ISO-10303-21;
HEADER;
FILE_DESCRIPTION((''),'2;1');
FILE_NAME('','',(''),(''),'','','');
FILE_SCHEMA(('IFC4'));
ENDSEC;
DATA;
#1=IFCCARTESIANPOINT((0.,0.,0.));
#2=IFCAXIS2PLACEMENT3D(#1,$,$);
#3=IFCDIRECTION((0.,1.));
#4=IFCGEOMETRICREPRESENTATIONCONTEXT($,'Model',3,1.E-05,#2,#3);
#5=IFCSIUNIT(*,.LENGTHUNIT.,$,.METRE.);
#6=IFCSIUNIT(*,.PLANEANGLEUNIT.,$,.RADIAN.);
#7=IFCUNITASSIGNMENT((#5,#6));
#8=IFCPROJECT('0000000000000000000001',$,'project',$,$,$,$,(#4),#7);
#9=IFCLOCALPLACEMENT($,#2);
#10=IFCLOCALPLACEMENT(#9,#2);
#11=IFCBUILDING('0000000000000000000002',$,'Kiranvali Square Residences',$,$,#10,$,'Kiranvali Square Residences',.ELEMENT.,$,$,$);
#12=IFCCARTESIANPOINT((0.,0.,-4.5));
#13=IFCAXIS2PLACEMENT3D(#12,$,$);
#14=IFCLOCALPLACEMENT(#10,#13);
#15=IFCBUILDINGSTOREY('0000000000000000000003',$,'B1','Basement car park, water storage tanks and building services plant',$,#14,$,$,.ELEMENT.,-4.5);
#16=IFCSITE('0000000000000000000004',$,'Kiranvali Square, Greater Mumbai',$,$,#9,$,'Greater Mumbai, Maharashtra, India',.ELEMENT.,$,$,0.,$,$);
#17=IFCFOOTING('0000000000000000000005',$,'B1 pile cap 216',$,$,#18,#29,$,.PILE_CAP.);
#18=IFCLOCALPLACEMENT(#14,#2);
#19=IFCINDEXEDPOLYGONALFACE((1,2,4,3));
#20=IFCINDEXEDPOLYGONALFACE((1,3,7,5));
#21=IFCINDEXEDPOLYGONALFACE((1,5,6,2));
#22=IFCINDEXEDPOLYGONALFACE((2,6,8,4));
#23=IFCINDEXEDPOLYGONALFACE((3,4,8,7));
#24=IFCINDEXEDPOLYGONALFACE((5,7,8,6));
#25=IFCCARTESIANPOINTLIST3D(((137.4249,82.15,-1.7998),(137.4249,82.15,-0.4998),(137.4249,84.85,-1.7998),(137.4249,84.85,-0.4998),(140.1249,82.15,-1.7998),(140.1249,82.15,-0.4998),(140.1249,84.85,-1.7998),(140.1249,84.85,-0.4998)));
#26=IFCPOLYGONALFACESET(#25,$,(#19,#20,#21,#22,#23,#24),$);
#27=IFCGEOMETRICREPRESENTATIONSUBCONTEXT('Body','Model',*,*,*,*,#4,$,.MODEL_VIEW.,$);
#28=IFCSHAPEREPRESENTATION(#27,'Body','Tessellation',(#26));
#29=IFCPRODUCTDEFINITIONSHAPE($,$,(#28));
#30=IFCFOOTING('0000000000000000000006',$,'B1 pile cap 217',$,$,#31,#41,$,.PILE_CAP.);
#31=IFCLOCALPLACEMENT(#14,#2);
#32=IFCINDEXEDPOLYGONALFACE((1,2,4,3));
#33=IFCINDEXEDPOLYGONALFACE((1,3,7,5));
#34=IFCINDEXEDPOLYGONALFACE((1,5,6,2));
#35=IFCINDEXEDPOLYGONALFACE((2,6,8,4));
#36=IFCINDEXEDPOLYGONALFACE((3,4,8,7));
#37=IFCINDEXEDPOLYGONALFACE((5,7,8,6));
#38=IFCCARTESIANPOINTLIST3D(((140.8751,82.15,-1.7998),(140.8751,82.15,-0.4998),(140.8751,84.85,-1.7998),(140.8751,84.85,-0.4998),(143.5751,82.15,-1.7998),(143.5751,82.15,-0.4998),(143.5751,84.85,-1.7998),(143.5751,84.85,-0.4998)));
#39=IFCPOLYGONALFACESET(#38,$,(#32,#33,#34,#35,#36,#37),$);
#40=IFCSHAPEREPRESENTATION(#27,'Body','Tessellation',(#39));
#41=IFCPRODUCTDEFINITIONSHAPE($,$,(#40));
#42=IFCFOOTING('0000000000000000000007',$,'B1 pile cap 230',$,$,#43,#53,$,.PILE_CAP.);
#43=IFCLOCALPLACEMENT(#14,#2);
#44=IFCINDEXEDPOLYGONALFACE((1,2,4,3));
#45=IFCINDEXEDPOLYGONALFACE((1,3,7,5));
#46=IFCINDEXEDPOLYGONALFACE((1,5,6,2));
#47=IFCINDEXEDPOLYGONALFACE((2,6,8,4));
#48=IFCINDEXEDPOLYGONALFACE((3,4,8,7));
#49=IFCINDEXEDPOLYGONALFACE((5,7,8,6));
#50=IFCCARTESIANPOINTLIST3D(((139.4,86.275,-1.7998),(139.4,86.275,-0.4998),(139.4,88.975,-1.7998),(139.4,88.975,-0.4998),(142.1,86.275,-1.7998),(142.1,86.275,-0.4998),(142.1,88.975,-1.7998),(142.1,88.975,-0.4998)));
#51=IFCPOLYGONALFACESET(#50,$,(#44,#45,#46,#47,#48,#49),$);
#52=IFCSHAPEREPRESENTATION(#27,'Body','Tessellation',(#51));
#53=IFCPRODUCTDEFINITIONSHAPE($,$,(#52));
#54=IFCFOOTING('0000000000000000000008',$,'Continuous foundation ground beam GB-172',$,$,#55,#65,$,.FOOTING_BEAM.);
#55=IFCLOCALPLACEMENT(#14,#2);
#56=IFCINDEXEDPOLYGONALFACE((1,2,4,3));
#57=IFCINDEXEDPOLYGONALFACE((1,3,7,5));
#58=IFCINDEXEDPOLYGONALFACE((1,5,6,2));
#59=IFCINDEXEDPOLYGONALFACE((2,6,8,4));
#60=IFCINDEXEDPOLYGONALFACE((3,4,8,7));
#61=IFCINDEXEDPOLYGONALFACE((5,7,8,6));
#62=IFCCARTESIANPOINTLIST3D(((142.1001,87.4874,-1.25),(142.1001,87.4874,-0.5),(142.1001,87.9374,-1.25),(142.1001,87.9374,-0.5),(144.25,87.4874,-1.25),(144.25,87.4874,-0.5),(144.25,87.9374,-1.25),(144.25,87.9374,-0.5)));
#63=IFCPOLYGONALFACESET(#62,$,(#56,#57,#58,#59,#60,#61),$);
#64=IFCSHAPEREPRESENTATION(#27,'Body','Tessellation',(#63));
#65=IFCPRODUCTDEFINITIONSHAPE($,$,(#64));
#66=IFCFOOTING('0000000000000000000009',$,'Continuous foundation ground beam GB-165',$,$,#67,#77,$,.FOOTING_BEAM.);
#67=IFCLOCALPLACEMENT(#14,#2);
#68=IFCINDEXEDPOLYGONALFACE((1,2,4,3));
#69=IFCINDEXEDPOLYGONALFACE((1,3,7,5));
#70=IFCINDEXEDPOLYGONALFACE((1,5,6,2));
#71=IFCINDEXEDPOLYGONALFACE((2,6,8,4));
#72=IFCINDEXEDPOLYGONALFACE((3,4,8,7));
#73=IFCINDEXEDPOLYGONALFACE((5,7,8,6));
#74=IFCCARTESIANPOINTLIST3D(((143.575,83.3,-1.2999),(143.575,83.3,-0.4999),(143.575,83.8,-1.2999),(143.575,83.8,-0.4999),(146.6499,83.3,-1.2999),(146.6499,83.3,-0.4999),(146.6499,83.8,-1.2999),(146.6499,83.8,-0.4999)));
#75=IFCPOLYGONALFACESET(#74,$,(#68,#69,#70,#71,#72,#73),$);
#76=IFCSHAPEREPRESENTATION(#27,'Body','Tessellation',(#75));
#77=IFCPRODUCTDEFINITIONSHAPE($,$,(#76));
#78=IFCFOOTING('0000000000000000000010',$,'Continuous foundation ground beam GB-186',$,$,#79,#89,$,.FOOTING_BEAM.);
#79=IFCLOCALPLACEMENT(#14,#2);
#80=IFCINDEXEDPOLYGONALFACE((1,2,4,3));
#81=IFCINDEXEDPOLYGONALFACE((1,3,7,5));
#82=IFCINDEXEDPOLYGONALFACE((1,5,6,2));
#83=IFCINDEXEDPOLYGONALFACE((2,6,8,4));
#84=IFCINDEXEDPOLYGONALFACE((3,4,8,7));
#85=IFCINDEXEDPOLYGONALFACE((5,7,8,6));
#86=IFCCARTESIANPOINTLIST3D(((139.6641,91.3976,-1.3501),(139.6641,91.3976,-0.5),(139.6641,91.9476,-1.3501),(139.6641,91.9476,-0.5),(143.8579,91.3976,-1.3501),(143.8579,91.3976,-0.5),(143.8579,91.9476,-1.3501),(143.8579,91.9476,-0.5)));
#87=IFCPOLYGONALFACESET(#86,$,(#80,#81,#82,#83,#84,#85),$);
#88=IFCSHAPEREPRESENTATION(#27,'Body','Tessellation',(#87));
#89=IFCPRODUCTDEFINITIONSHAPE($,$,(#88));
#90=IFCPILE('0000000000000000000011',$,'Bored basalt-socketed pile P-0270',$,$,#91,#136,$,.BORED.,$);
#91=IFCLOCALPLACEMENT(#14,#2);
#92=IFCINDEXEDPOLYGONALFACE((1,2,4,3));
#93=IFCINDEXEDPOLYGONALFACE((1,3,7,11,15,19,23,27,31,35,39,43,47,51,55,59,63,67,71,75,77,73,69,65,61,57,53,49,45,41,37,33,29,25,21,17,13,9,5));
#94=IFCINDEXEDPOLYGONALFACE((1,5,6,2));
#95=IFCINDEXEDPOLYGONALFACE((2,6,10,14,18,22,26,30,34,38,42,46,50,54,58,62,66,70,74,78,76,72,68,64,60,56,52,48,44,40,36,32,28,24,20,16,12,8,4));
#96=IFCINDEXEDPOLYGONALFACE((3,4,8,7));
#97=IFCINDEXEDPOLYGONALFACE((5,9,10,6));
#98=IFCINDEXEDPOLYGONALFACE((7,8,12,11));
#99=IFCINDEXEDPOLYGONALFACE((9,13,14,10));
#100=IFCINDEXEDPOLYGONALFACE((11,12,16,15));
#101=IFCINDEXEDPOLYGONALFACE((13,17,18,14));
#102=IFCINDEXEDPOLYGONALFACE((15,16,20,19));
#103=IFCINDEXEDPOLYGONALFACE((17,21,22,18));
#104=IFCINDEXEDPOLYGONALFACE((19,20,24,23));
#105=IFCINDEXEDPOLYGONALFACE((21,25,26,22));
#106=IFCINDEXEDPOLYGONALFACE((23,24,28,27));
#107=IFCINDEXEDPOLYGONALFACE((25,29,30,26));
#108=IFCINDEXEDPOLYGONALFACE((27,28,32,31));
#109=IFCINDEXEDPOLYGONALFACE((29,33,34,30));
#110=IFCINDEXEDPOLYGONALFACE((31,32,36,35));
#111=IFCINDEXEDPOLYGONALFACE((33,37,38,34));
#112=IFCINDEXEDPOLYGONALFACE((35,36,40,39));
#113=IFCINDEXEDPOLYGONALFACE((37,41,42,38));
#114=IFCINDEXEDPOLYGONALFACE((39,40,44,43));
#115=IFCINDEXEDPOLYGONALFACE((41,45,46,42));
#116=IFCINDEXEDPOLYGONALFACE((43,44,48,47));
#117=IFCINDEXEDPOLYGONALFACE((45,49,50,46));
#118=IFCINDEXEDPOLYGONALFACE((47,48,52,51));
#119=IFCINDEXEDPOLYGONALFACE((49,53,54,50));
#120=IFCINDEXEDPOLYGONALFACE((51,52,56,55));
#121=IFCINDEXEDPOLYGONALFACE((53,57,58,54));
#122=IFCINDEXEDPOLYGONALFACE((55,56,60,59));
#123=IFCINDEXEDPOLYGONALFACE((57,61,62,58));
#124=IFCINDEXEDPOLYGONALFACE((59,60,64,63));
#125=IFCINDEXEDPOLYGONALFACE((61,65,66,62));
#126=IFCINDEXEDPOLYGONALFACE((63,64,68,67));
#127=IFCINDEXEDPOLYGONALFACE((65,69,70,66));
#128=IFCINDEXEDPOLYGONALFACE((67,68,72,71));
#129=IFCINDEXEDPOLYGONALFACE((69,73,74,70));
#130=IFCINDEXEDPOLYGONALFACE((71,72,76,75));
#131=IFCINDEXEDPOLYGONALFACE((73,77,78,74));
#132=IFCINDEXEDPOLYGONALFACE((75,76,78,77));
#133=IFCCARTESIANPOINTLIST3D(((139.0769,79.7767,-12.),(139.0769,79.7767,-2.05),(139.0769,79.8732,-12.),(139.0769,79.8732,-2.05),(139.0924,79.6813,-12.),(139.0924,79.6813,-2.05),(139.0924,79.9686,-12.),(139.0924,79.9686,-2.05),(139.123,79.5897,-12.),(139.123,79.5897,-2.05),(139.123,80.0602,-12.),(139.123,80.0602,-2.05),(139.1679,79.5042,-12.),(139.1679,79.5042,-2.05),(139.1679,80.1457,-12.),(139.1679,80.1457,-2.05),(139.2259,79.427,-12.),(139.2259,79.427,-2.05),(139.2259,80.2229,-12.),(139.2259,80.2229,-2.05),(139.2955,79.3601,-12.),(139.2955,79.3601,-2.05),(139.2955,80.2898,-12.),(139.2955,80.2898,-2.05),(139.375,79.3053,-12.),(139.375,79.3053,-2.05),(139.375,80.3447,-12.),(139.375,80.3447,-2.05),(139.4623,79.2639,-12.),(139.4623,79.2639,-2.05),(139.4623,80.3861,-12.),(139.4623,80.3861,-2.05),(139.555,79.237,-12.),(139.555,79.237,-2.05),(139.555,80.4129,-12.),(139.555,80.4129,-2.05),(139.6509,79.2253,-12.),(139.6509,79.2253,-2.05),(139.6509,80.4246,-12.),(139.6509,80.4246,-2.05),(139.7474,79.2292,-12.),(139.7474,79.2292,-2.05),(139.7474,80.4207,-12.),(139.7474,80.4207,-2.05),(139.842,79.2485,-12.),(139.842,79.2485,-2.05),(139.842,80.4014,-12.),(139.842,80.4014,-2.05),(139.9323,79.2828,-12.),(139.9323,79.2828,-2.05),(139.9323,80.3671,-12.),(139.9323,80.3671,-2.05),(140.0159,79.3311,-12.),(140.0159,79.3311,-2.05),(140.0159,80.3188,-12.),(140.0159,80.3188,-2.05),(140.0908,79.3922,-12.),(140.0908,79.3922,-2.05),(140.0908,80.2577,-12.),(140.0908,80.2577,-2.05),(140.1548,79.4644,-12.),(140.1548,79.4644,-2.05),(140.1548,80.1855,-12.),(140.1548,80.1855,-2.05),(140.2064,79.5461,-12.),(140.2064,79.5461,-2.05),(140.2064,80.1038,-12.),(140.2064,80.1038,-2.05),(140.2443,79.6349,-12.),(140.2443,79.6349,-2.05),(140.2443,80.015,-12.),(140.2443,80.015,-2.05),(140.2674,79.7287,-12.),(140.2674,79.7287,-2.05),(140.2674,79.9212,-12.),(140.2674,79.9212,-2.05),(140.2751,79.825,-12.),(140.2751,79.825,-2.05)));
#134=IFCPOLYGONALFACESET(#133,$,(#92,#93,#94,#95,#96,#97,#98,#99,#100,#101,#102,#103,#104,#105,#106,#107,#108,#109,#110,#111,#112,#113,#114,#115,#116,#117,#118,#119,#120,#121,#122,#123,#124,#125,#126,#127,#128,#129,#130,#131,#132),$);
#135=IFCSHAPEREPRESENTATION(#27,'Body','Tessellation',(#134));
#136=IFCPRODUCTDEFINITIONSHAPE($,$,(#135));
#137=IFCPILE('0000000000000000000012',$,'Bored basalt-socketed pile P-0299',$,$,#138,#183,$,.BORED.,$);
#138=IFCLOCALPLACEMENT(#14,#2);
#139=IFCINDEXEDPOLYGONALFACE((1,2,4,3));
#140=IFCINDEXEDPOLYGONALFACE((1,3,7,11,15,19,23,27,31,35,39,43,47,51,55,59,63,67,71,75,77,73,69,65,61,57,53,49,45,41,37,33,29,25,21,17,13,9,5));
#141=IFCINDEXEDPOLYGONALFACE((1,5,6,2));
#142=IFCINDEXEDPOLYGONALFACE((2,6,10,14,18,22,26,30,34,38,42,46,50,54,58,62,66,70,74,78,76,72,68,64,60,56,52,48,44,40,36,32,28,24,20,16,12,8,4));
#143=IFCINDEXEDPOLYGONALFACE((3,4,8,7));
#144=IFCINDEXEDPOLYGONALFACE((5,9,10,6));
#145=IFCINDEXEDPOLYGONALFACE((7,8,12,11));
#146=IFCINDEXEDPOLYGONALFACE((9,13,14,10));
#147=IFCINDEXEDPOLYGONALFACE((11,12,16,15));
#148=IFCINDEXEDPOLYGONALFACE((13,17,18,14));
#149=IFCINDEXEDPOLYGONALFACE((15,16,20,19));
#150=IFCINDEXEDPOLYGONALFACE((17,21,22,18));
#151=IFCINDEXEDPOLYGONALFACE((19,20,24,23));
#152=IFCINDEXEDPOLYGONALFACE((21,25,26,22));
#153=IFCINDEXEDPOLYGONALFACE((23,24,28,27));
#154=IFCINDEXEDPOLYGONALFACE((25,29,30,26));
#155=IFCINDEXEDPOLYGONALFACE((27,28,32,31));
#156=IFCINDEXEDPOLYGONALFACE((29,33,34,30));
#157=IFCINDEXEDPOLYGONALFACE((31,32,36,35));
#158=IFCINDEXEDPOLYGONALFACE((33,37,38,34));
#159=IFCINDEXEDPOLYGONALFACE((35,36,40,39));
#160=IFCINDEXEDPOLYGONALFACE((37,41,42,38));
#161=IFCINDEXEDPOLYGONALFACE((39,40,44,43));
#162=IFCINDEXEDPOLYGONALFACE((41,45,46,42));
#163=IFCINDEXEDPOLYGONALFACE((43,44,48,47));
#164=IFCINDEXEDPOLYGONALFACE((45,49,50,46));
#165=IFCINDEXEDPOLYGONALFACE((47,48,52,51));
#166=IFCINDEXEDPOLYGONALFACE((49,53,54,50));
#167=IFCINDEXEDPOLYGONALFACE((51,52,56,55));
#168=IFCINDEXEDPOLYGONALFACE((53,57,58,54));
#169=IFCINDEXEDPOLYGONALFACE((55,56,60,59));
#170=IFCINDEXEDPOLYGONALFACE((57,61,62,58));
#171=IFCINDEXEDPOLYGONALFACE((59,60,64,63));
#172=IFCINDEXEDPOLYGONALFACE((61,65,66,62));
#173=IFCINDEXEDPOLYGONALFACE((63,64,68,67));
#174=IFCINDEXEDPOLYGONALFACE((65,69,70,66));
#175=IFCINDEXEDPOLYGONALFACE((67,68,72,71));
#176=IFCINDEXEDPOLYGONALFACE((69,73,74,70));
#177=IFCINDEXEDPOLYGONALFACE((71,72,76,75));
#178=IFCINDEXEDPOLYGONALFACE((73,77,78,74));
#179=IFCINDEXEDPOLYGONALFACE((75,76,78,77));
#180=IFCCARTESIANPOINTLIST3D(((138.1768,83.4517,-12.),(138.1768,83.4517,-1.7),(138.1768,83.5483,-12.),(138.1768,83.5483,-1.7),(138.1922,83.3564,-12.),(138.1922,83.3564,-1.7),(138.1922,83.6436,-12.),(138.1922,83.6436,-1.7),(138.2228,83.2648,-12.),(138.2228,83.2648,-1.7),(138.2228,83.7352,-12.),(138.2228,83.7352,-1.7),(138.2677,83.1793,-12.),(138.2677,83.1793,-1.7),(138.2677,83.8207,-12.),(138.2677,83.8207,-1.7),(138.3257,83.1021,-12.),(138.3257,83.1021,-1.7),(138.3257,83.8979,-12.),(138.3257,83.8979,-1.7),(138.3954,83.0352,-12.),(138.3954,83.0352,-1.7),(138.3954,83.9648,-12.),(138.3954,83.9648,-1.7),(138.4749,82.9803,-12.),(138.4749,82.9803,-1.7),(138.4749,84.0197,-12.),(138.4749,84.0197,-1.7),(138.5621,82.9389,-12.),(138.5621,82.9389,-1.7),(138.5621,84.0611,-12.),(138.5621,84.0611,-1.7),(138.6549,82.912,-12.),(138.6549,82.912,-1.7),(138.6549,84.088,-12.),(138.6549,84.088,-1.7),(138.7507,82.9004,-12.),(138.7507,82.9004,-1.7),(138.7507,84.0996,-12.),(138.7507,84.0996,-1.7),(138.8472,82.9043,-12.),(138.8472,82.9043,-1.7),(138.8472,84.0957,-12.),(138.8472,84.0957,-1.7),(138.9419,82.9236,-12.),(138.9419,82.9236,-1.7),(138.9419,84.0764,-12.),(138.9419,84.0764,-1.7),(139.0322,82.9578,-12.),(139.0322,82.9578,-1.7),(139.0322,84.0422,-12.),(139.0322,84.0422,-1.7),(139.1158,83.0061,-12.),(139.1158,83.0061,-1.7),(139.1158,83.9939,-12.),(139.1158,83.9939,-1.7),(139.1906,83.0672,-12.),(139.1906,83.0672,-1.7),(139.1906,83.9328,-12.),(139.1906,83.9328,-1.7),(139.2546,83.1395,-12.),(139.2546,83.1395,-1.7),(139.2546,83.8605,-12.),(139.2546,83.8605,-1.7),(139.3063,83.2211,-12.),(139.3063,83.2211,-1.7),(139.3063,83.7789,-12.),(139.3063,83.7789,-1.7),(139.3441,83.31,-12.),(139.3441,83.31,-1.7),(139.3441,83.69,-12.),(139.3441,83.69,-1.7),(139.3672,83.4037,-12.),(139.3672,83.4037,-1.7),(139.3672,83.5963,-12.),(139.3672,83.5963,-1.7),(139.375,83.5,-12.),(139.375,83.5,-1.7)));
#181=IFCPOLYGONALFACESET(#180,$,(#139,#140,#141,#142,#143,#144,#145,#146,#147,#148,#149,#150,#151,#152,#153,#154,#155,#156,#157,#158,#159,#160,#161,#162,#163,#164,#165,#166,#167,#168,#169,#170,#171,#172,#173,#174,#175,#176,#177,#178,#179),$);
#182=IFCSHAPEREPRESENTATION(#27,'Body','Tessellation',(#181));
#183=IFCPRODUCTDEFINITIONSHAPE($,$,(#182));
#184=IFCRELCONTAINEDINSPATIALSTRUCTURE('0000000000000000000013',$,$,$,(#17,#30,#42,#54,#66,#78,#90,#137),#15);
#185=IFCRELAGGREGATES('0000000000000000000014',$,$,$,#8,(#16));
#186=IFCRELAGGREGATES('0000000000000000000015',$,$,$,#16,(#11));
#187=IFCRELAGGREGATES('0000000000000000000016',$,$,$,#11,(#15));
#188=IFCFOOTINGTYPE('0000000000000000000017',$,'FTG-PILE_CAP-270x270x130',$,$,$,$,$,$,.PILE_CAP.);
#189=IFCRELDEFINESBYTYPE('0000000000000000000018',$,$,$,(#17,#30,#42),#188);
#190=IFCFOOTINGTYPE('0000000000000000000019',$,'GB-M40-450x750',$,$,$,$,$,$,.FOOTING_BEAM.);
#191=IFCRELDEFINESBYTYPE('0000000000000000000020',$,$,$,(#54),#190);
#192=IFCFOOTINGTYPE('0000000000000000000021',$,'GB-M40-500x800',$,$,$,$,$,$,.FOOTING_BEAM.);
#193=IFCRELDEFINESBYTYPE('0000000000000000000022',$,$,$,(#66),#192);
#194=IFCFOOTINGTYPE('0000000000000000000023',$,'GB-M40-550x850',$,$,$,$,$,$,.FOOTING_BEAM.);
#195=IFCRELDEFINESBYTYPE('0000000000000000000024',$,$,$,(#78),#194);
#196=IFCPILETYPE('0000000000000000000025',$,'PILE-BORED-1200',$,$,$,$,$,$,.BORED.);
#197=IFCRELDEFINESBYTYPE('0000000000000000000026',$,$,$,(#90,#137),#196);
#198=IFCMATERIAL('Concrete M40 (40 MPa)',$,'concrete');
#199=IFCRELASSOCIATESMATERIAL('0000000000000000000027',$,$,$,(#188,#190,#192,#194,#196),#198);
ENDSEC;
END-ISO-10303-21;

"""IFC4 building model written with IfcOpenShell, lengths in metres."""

from ifc_helpers import new_model, si_unit, direction, frame, origin, origin_2d, place, context, subcontext, project, spatial, rectangle, circle, extrude, material, material_profile, profile_set, type_object, element, save


model = new_model("IFC4")

# Units and contexts
model_context = context("Model", 3, precision=1e-05, world=origin(), true_north=direction((0.0, 1.0)))
body_context = subcontext(model_context, "Body", "Model", "MODEL_VIEW")
ifc_project = project(units=[si_unit("LENGTHUNIT", "METRE"), si_unit("PLANEANGLEUNIT", "RADIAN")], contexts=[model_context])

# Site, building, storey
site_placement = place(None, origin())
site = spatial("IfcSite", under=ifc_project, at=site_placement, Name="Kiranvali Square, Greater Mumbai", LongName="Greater Mumbai, Maharashtra, India", CompositionType="ELEMENT", RefElevation=0.0)
building_placement = place(site_placement, origin())
building = spatial("IfcBuilding", under=site, at=building_placement, Name="Kiranvali Square Residences", LongName="Kiranvali Square Residences", CompositionType="ELEMENT")
storey_placement = place(building_placement, frame((0.0, 0.0, -4.5)))
storey = spatial("IfcBuildingStorey", under=building, at=storey_placement, Name="B1", Description="Basement car park, water storage tanks and building services plant", CompositionType="ELEMENT", Elevation=-4.5)

# Footings
ifc_material_1 = material(Name="Concrete M40 (40 MPa)", Category="concrete")
footing_type_1 = type_object("IfcFootingType", Name="FTG-PILE_CAP-270x270x130", PredefinedType="PILE_CAP", material=ifc_material_1)
for number, where, z_axis, x_axis, name in (
    (1, (138.7749, 83.5, -1.7998), (0.0, 0.0, 1.0), (1.0, 0.0, 0.0), "B1 pile cap 216"),
    (2, (142.2251, 83.5, -1.7998), (0.0, 0.0, 1.0), (1.0, 0.0, 0.0), "B1 pile cap 217"),
    (3, (140.75, 87.625, -1.7998), (0.0, 0.0, 1.0), (1.0, 0.0, 0.0), "B1 pile cap 230"),
):
    element("IfcFooting", number, at=place(storey_placement, frame(where, z_axis=z_axis, x_axis=x_axis)), inside=storey, type_object=footing_type_1, Name=name, PredefinedType="PILE_CAP", context=body_context, shape_type="SweptSolid", body=[
        extrude(rectangle(XDim=2.7, YDim=2.7, at=origin_2d()), origin(), (0.0, 0.0, 1.0), 1.3),
    ])
ifc_material_profile_1 = material_profile(ifc_material_1, rectangle(XDim=0.45, YDim=0.75, at=origin_2d()), Name="GB 450x750")
ifc_profile_set_1 = profile_set([ifc_material_profile_1], Name="Concrete M40 (40 MPa)")
footing_type_2 = type_object("IfcFootingType", Name="GB-M40-450x750", PredefinedType="FOOTING_BEAM", material=ifc_profile_set_1)
footing_1_placement = place(storey_placement, frame((142.1001, 87.7124, -0.875), z_axis=(1.0, 0.0, 0.0), x_axis=(0.0, 1.0, 0.0)))
element("IfcFooting", 4, at=footing_1_placement, inside=storey, type_object=footing_type_2, Name="Continuous foundation ground beam GB-172", PredefinedType="FOOTING_BEAM", context=body_context, shape_type="SweptSolid", body=[
    extrude(rectangle(XDim=0.45, YDim=0.75, at=origin_2d()), origin(), (0.0, 0.0, 1.0), 2.1499),
])
ifc_material_profile_2 = material_profile(ifc_material_1, rectangle(XDim=0.5, YDim=0.8, at=origin_2d()), Name="GB 500x800")
ifc_profile_set_2 = profile_set([ifc_material_profile_2], Name="Concrete M40 (40 MPa)")
footing_type_3 = type_object("IfcFootingType", Name="GB-M40-500x800", PredefinedType="FOOTING_BEAM", material=ifc_profile_set_2)
footing_2_placement = place(storey_placement, frame((143.575, 83.55, -0.8999), z_axis=(1.0, 0.0, 0.0), x_axis=(0.0, 1.0, 0.0)))
element("IfcFooting", 5, at=footing_2_placement, inside=storey, type_object=footing_type_3, Name="Continuous foundation ground beam GB-165", PredefinedType="FOOTING_BEAM", context=body_context, shape_type="SweptSolid", body=[
    extrude(rectangle(XDim=0.5, YDim=0.8, at=origin_2d()), origin(), (0.0, 0.0, 1.0), 3.075),
])
ifc_material_profile_3 = material_profile(ifc_material_1, rectangle(XDim=0.55, YDim=0.8501, at=origin_2d()), Name="GB 550x850")
ifc_profile_set_3 = profile_set([ifc_material_profile_3], Name="Concrete M40 (40 MPa)")
footing_type_4 = type_object("IfcFootingType", Name="GB-M40-550x850", PredefinedType="FOOTING_BEAM", material=ifc_profile_set_3)
footing_3_placement = place(storey_placement, frame((139.6641, 91.6726, -0.925), z_axis=(1.0, 0.0, 0.0), x_axis=(0.0, 1.0, 0.0)))
element("IfcFooting", 6, at=footing_3_placement, inside=storey, type_object=footing_type_4, Name="Continuous foundation ground beam GB-186", PredefinedType="FOOTING_BEAM", context=body_context, shape_type="SweptSolid", body=[
    extrude(rectangle(XDim=0.55, YDim=0.8501, at=origin_2d()), origin(), (0.0, 0.0, 1.0), 4.1938),
])

# Piles
ifc_material_profile_4 = material_profile(ifc_material_1, circle(Radius=0.6001, at=origin_2d()), Name="BORED PILE 1200")
ifc_profile_set_4 = profile_set([ifc_material_profile_4], Name="Concrete M40 (40 MPa)")
pile_type = type_object("IfcPileType", Name="PILE-BORED-1200", PredefinedType="BORED", material=ifc_profile_set_4)
pile_placement = place(storey_placement, frame((139.675, 79.825, -2.05), z_axis=(0.0, 0.0, -1.0), x_axis=(1.0, 0.0, 0.0)))
element("IfcPile", 7, at=pile_placement, inside=storey, type_object=pile_type, Name="Bored basalt-socketed pile P-0270", PredefinedType="BORED", context=body_context, shape_type="SweptSolid", body=[
    extrude(circle(Radius=0.6001, at=origin_2d()), origin(), (0.0, 0.0, 1.0), 9.95),
])
for number, where, z_axis, x_axis, name in (
    (8, (138.7749, 83.5, -1.7), (0.0, 0.0, -1.0), (1.0, 0.0, 0.0), "Bored basalt-socketed pile P-0299"),
):
    element("IfcPile", number, at=place(storey_placement, frame(where, z_axis=z_axis, x_axis=x_axis)), inside=storey, type_object=pile_type, Name=name, PredefinedType="BORED", context=body_context, shape_type="SweptSolid", body=[
        extrude(circle(Radius=0.6001, at=origin_2d()), origin(), (0.0, 0.0, 1.0), 10.3),
    ])

save(model, "model.ifc")
